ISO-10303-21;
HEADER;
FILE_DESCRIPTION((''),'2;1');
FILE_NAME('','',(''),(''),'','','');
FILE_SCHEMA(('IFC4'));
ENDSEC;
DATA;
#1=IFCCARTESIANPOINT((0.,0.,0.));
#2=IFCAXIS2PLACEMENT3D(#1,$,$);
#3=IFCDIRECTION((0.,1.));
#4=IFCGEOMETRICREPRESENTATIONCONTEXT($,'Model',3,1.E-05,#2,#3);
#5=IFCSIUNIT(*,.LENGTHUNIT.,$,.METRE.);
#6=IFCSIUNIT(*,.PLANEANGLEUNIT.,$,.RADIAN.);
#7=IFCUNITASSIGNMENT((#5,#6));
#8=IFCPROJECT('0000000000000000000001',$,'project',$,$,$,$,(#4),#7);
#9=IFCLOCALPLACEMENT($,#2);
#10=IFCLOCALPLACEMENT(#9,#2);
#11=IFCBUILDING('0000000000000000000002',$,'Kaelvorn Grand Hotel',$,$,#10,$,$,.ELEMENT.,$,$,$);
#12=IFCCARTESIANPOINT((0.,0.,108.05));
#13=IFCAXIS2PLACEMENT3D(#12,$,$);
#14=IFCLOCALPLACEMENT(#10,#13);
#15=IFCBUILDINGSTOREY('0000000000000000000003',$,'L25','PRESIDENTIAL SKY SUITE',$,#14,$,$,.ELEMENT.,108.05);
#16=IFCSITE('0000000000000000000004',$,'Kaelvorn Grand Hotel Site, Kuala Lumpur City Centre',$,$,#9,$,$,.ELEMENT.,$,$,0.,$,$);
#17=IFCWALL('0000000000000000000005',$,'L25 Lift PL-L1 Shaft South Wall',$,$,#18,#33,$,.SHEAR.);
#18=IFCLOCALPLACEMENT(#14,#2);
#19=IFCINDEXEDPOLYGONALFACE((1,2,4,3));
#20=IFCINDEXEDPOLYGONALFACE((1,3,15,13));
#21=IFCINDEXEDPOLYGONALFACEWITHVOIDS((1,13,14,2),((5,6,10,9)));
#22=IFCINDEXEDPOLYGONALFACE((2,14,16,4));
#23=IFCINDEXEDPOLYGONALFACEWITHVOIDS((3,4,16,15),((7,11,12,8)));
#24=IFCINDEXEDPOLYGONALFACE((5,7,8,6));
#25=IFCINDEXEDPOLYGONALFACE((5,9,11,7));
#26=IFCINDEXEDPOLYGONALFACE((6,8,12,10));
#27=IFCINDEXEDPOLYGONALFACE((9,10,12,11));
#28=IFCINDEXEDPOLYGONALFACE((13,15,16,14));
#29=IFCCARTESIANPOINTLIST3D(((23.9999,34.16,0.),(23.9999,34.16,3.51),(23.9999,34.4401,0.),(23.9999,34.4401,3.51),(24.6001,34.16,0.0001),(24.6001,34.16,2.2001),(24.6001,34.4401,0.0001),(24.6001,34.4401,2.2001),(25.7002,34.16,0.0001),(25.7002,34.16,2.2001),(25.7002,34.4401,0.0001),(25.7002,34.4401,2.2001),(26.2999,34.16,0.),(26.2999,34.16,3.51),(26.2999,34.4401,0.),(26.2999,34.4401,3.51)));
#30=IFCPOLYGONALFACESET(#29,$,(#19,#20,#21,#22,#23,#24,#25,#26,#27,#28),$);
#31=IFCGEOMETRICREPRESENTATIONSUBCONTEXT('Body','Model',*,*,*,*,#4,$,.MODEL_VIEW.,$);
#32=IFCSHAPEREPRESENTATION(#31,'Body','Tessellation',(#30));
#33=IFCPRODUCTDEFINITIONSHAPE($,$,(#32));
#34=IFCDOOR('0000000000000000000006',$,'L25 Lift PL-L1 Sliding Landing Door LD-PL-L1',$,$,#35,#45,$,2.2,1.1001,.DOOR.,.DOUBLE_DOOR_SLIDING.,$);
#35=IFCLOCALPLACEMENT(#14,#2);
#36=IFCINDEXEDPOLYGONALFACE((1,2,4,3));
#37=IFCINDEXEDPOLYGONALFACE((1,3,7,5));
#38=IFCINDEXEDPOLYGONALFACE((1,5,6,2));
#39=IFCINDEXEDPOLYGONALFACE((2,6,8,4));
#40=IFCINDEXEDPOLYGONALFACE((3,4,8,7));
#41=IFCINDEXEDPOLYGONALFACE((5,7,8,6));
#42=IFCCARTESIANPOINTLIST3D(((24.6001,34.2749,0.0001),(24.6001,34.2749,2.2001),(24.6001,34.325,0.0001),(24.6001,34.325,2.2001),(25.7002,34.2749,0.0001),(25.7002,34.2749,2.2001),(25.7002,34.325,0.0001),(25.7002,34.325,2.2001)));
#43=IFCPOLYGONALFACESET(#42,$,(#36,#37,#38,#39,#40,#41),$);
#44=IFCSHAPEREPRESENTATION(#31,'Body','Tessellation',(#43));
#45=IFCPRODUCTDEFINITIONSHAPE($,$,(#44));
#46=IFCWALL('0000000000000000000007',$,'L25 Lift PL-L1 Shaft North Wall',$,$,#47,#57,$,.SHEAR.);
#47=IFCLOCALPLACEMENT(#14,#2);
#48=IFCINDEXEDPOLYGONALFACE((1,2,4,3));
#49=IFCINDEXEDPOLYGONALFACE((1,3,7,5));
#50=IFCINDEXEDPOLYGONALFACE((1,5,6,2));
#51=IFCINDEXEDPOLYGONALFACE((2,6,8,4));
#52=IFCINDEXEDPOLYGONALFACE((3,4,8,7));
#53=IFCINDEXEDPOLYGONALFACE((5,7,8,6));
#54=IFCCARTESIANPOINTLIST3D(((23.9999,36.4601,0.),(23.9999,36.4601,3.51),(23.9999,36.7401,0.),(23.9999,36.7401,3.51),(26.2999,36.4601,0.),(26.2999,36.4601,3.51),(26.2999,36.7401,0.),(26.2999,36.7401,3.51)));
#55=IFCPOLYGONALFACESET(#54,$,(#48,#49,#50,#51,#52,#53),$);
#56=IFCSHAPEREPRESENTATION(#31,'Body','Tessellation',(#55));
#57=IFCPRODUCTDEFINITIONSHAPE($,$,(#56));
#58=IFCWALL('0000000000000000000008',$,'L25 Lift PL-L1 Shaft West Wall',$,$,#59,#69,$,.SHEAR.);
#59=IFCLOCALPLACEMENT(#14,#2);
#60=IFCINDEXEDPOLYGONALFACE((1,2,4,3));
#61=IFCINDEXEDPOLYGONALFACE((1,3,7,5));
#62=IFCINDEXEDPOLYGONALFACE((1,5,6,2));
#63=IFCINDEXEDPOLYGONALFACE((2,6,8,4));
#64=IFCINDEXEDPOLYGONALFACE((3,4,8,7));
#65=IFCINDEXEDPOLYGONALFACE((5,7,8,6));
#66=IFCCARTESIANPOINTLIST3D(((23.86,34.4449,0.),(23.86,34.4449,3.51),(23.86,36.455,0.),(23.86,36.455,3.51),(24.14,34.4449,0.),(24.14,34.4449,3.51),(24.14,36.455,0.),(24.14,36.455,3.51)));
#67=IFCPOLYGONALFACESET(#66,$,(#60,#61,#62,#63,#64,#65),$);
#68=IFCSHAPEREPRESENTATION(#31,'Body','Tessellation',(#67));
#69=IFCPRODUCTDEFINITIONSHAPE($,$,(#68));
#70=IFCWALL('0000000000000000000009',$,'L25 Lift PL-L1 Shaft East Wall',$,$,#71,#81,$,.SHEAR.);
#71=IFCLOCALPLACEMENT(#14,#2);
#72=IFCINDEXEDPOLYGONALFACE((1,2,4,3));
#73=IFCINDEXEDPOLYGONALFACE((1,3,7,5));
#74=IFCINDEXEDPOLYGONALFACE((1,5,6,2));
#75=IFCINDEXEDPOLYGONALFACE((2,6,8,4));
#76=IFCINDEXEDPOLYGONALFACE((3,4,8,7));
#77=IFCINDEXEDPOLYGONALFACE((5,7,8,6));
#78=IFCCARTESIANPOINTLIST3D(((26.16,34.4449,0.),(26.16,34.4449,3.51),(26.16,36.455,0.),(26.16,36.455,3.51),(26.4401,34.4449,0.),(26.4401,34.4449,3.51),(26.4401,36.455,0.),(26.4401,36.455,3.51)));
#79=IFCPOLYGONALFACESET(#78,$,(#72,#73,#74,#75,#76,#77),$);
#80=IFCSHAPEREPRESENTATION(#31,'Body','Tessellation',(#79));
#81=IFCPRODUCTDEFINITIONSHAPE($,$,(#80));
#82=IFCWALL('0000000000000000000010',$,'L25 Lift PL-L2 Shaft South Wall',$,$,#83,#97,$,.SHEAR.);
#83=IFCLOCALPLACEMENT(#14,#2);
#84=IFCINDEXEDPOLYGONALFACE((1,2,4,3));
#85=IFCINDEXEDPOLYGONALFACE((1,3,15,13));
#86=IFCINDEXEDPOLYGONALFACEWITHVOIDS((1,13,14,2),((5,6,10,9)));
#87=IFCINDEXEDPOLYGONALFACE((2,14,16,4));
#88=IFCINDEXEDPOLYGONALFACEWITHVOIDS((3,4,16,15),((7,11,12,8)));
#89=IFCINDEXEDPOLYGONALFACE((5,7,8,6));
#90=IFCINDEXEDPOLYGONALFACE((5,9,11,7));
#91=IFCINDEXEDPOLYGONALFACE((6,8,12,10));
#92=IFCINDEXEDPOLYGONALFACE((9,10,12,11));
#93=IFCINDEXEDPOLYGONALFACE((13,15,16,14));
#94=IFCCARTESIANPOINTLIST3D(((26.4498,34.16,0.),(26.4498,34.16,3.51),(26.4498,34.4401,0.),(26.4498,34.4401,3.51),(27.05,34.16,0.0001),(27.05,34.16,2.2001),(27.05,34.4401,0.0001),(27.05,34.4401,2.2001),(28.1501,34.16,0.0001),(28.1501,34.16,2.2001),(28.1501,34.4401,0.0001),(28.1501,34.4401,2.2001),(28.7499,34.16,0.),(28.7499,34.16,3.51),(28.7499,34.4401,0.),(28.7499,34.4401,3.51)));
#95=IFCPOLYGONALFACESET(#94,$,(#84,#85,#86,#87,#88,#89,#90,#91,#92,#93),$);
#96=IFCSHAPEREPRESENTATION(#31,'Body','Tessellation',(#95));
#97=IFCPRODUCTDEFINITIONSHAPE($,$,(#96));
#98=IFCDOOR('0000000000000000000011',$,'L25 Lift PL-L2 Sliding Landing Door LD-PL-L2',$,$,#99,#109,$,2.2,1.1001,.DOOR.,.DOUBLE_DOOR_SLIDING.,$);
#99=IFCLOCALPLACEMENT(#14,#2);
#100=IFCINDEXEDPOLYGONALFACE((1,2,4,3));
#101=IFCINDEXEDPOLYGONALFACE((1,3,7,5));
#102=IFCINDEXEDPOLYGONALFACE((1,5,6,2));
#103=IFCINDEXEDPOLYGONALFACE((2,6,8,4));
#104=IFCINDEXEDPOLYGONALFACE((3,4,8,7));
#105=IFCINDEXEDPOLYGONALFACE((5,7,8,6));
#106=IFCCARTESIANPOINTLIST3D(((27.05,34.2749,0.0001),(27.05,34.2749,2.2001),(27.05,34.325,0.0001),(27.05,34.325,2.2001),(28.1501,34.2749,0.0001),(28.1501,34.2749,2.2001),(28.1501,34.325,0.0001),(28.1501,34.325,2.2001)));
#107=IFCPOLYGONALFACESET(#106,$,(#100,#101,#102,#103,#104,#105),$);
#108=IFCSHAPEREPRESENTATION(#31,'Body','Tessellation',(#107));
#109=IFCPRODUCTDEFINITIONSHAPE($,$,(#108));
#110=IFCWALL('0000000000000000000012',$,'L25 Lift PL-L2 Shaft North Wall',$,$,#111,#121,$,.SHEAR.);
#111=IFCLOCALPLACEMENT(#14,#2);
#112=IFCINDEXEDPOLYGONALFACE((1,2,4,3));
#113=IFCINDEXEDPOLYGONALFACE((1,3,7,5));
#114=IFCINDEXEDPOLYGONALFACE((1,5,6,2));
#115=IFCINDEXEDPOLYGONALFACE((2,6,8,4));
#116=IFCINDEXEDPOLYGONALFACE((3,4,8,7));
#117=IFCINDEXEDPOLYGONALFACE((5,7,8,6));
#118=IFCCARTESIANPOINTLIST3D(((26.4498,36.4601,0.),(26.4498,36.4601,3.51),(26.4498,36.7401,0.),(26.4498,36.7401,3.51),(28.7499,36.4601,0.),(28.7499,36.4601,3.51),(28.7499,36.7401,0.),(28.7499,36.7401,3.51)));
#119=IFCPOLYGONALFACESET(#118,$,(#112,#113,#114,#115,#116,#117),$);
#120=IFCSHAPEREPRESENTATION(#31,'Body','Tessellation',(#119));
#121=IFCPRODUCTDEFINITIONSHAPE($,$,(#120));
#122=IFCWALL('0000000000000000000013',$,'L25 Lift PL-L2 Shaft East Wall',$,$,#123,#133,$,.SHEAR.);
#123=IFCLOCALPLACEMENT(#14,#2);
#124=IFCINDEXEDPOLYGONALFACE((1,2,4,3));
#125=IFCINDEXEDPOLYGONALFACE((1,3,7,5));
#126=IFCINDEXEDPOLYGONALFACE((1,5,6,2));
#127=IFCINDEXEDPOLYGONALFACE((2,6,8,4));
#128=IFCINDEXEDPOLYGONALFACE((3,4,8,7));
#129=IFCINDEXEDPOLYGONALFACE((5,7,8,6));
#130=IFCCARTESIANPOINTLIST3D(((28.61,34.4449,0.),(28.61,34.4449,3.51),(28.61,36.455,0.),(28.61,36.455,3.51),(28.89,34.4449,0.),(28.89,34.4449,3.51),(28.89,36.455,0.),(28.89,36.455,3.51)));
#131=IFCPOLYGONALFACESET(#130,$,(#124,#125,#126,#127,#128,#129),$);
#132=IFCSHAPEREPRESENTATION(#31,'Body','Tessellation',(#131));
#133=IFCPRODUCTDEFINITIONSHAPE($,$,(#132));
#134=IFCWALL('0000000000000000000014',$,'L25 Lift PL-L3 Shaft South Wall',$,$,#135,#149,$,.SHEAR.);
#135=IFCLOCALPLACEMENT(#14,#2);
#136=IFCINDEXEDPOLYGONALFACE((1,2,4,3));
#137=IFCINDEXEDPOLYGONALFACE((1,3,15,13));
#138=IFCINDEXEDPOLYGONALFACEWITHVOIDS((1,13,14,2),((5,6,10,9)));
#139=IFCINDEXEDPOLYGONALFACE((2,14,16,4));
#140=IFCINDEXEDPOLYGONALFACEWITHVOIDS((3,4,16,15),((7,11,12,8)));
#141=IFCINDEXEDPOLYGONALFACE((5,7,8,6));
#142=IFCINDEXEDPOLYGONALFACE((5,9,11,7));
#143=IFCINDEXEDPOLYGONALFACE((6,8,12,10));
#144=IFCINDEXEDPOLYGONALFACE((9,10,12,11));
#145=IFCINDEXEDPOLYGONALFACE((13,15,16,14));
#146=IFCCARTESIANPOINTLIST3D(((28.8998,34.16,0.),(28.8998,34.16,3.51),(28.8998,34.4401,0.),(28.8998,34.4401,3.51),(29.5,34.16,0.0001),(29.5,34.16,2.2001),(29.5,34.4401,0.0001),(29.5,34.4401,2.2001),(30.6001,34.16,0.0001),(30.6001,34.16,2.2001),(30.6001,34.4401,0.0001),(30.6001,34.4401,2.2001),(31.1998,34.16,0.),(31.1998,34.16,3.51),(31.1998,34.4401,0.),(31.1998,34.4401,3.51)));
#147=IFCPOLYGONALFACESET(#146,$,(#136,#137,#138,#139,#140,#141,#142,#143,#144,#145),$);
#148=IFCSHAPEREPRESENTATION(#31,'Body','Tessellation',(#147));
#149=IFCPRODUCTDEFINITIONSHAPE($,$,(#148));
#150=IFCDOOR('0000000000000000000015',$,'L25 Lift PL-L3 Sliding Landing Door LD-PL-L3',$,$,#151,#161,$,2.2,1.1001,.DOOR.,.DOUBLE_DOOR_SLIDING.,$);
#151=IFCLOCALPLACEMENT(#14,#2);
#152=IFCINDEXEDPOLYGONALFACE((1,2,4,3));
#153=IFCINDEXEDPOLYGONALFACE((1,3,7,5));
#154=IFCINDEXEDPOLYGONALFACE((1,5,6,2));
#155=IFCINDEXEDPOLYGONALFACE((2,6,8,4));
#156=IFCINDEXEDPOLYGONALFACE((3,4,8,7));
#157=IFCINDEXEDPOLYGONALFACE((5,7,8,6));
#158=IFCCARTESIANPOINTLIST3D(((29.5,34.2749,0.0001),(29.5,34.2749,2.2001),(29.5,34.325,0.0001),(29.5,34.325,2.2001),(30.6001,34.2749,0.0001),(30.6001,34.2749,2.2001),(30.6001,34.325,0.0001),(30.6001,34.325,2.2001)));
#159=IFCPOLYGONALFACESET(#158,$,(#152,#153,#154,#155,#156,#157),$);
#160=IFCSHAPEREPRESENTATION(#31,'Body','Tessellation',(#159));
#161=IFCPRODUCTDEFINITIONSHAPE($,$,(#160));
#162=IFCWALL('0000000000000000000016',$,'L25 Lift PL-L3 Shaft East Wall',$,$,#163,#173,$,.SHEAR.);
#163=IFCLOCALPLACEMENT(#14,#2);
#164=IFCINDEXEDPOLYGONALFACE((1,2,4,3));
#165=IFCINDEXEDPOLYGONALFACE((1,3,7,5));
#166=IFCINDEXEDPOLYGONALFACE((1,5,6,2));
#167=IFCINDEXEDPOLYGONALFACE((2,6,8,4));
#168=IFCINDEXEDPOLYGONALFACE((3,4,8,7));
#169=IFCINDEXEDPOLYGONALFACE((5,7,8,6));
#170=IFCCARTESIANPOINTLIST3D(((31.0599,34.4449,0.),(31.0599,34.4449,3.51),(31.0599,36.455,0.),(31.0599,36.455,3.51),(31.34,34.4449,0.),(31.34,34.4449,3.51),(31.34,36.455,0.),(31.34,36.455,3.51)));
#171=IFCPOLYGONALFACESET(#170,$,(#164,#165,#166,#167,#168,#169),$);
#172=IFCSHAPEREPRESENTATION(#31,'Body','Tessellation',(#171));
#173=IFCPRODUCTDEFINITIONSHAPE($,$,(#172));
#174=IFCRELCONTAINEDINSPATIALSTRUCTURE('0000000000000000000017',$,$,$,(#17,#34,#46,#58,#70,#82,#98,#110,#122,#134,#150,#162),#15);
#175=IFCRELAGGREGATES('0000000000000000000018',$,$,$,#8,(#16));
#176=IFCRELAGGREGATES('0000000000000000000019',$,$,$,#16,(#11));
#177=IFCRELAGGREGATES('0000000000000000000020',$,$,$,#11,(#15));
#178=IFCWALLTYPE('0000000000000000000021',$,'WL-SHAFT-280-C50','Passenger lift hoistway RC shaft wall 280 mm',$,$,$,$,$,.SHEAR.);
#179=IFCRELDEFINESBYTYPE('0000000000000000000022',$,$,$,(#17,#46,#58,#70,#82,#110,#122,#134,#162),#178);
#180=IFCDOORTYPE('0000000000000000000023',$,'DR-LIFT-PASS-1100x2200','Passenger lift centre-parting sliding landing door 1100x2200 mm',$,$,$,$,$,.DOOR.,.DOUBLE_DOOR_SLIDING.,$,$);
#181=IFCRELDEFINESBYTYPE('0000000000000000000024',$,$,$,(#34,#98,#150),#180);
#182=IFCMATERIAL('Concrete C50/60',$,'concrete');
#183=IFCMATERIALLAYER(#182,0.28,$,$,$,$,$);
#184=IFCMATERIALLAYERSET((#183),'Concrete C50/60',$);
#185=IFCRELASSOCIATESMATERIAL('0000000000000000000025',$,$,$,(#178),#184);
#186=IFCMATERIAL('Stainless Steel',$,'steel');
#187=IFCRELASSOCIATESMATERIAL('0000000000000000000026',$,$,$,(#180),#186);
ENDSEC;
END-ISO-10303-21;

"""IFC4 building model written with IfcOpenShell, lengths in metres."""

from ifc_helpers import new_model, si_unit, direction, frame, frame_2d, origin, place, context, subcontext, project, spatial, rectangle, extrude, material, layer, layer_set, type_object, element, fill, save


model = new_model("IFC4")

# Units and contexts
model_context = context("Model", 3, precision=1e-05, world=origin(), true_north=direction((0.0, 1.0)))
body_context = subcontext(model_context, "Body", "Model", "MODEL_VIEW")
ifc_project = project(units=[si_unit("LENGTHUNIT", "METRE"), si_unit("PLANEANGLEUNIT", "RADIAN")], contexts=[model_context])

# Site, building, storey
site_placement = place(None, origin())
site = spatial("IfcSite", under=ifc_project, at=site_placement, Name="Kaelvorn Grand Hotel Site, Kuala Lumpur City Centre", CompositionType="ELEMENT", RefElevation=0.0)
building_placement = place(site_placement, origin())
building = spatial("IfcBuilding", under=site, at=building_placement, Name="Kaelvorn Grand Hotel", CompositionType="ELEMENT")
storey_placement = place(building_placement, frame((0.0, 0.0, 108.05)))
storey = spatial("IfcBuildingStorey", under=building, at=storey_placement, Name="L25", Description="PRESIDENTIAL SKY SUITE", CompositionType="ELEMENT", Elevation=108.05)

# Wall, opening, door
ifc_material_1 = material(Name="Concrete C50/60", Category="concrete")
ifc_layer_1 = layer(ifc_material_1, 0.28)
ifc_layer_set_1 = layer_set([ifc_layer_1], Name="Concrete C50/60")
wall_type_1 = type_object("IfcWallType", Name="WL-SHAFT-280-C50", Description="Passenger lift hoistway RC shaft wall 280 mm", PredefinedType="SHEAR", material=ifc_layer_set_1)
wall_1_placement = place(storey_placement, frame((24.0, 34.3, 0.0), z_axis=(0.0, 0.0, 1.0), x_axis=(1.0, 0.0, 0.0)))
wall_1 = element("IfcWall", 1, at=wall_1_placement, inside=storey, type_object=wall_type_1, Name="L25 Lift PL-L1 Shaft South Wall", PredefinedType="SHEAR", context=body_context, shape_type="SweptSolid", body=[
    extrude(rectangle(XDim=2.3, YDim=0.28, at=frame_2d((1.1499, 0.0))), origin(), (0.0, 0.0, 1.0), 3.51),
])
opening_1_placement = place(wall_1_placement, frame((0.6001, 0.0, 0.0)))
opening_1 = element("IfcOpeningElement", 2, at=opening_1_placement, cuts=wall_1, PredefinedType="OPENING", context=body_context, shape_type="SweptSolid", body=[
    extrude(rectangle(XDim=1.1001, YDim=2.2, at=frame_2d((0.55, 1.1001))), frame((0.0, 0.1499, 0.0), z_axis=(0.0, -1.0, 0.0), x_axis=(1.0, 0.0, 0.0)), (0.0, 0.0, 1.0), 0.3),
])
ifc_material_2 = material(Name="Stainless Steel", Category="steel")
door_type_1 = type_object("IfcDoorType", Name="DR-LIFT-PASS-1100x2200", Description="Passenger lift centre-parting sliding landing door 1100x2200 mm", OperationType="DOUBLE_DOOR_SLIDING", PredefinedType="DOOR", material=ifc_material_2)
door_1_placement = place(opening_1_placement, origin())
door_1 = element("IfcDoor", 3, at=door_1_placement, inside=storey, type_object=door_type_1, Name="L25 Lift PL-L1 Sliding Landing Door LD-PL-L1", OperationType="DOUBLE_DOOR_SLIDING", OverallHeight=2.2, OverallWidth=1.1001, PredefinedType="DOOR", context=body_context, shape_type="SweptSolid", body=[
    extrude(rectangle(XDim=1.1001, YDim=2.2, at=frame_2d((0.55, 1.1001))), frame((0.0, 0.0249, 0.0), z_axis=(0.0, -1.0, 0.0), x_axis=(1.0, 0.0, 0.0)), (0.0, 0.0, 1.0), 0.05),
])
fill(opening_1, door_1)

# Walls
wall_2_placement = place(storey_placement, frame((24.0, 36.6001, 0.0), z_axis=(0.0, 0.0, 1.0), x_axis=(1.0, 0.0, 0.0)))
element("IfcWall", 4, at=wall_2_placement, inside=storey, type_object=wall_type_1, Name="L25 Lift PL-L1 Shaft North Wall", PredefinedType="SHEAR", context=body_context, shape_type="SweptSolid", body=[
    extrude(rectangle(XDim=2.3, YDim=0.28, at=frame_2d((1.1499, 0.0))), origin(), (0.0, 0.0, 1.0), 3.51),
])
for number, where, z_axis, x_axis, name in (
    (5, (24.0, 34.4451, 0.0), (0.0, 0.0, 1.0), (0.0, 1.0, 0.0), "L25 Lift PL-L1 Shaft West Wall"),
    (6, (26.3, 34.4451, 0.0), (0.0, 0.0, 1.0), (0.0, 1.0, 0.0), "L25 Lift PL-L1 Shaft East Wall"),
):
    element("IfcWall", number, at=place(storey_placement, frame(where, z_axis=z_axis, x_axis=x_axis)), inside=storey, type_object=wall_type_1, Name=name, PredefinedType="SHEAR", context=body_context, shape_type="SweptSolid", body=[
        extrude(rectangle(XDim=2.01, YDim=0.28, at=frame_2d((1.0049, 0.0))), origin(), (0.0, 0.0, 1.0), 3.51),
    ])

# Wall, opening, door
wall_3_placement = place(storey_placement, frame((26.45, 34.3, 0.0), z_axis=(0.0, 0.0, 1.0), x_axis=(1.0, 0.0, 0.0)))
wall_3 = element("IfcWall", 7, at=wall_3_placement, inside=storey, type_object=wall_type_1, Name="L25 Lift PL-L2 Shaft South Wall", PredefinedType="SHEAR", context=body_context, shape_type="SweptSolid", body=[
    extrude(rectangle(XDim=2.3, YDim=0.28, at=frame_2d((1.1499, 0.0))), origin(), (0.0, 0.0, 1.0), 3.51),
])
opening_2_placement = place(wall_3_placement, frame((0.6001, 0.0, 0.0)))
opening_2 = element("IfcOpeningElement", 8, at=opening_2_placement, cuts=wall_3, PredefinedType="OPENING", context=body_context, shape_type="SweptSolid", body=[
    extrude(rectangle(XDim=1.1001, YDim=2.2, at=frame_2d((0.55, 1.1001))), frame((0.0, 0.1499, 0.0), z_axis=(0.0, -1.0, 0.0), x_axis=(1.0, 0.0, 0.0)), (0.0, 0.0, 1.0), 0.3),
])
door_2_placement = place(opening_2_placement, origin())
door_2 = element("IfcDoor", 9, at=door_2_placement, inside=storey, type_object=door_type_1, Name="L25 Lift PL-L2 Sliding Landing Door LD-PL-L2", OperationType="DOUBLE_DOOR_SLIDING", OverallHeight=2.2, OverallWidth=1.1001, PredefinedType="DOOR", context=body_context, shape_type="SweptSolid", body=[
    extrude(rectangle(XDim=1.1001, YDim=2.2, at=frame_2d((0.55, 1.1001))), frame((0.0, 0.0249, 0.0), z_axis=(0.0, -1.0, 0.0), x_axis=(1.0, 0.0, 0.0)), (0.0, 0.0, 1.0), 0.05),
])
fill(opening_2, door_2)

# Walls
wall_4_placement = place(storey_placement, frame((26.45, 36.6001, 0.0), z_axis=(0.0, 0.0, 1.0), x_axis=(1.0, 0.0, 0.0)))
element("IfcWall", 10, at=wall_4_placement, inside=storey, type_object=wall_type_1, Name="L25 Lift PL-L2 Shaft North Wall", PredefinedType="SHEAR", context=body_context, shape_type="SweptSolid", body=[
    extrude(rectangle(XDim=2.3, YDim=0.28, at=frame_2d((1.1499, 0.0))), origin(), (0.0, 0.0, 1.0), 3.51),
])
wall_5_placement = place(storey_placement, frame((28.75, 34.4451, 0.0), z_axis=(0.0, 0.0, 1.0), x_axis=(0.0, 1.0, 0.0)))
element("IfcWall", 11, at=wall_5_placement, inside=storey, type_object=wall_type_1, Name="L25 Lift PL-L2 Shaft East Wall", PredefinedType="SHEAR", context=body_context, shape_type="SweptSolid", body=[
    extrude(rectangle(XDim=2.01, YDim=0.28, at=frame_2d((1.0049, 0.0))), origin(), (0.0, 0.0, 1.0), 3.51),
])

# Wall, opening, door
wall_6_placement = place(storey_placement, frame((28.8999, 34.3, 0.0), z_axis=(0.0, 0.0, 1.0), x_axis=(1.0, 0.0, 0.0)))
wall_6 = element("IfcWall", 12, at=wall_6_placement, inside=storey, type_object=wall_type_1, Name="L25 Lift PL-L3 Shaft South Wall", PredefinedType="SHEAR", context=body_context, shape_type="SweptSolid", body=[
    extrude(rectangle(XDim=2.3, YDim=0.28, at=frame_2d((1.1499, 0.0))), origin(), (0.0, 0.0, 1.0), 3.51),
])
opening_3_placement = place(wall_6_placement, frame((0.6001, 0.0, 0.0)))
opening_3 = element("IfcOpeningElement", 13, at=opening_3_placement, cuts=wall_6, PredefinedType="OPENING", context=body_context, shape_type="SweptSolid", body=[
    extrude(rectangle(XDim=1.1001, YDim=2.2, at=frame_2d((0.55, 1.1001))), frame((0.0, 0.1499, 0.0), z_axis=(0.0, -1.0, 0.0), x_axis=(1.0, 0.0, 0.0)), (0.0, 0.0, 1.0), 0.3),
])
door_3_placement = place(opening_3_placement, origin())
door_3 = element("IfcDoor", 14, at=door_3_placement, inside=storey, type_object=door_type_1, Name="L25 Lift PL-L3 Sliding Landing Door LD-PL-L3", OperationType="DOUBLE_DOOR_SLIDING", OverallHeight=2.2, OverallWidth=1.1001, PredefinedType="DOOR", context=body_context, shape_type="SweptSolid", body=[
    extrude(rectangle(XDim=1.1001, YDim=2.2, at=frame_2d((0.55, 1.1001))), frame((0.0, 0.0249, 0.0), z_axis=(0.0, -1.0, 0.0), x_axis=(1.0, 0.0, 0.0)), (0.0, 0.0, 1.0), 0.05),
])
fill(opening_3, door_3)

# Wall
wall_7_placement = place(storey_placement, frame((31.2, 34.4451, 0.0), z_axis=(0.0, 0.0, 1.0), x_axis=(0.0, 1.0, 0.0)))
element("IfcWall", 15, at=wall_7_placement, inside=storey, type_object=wall_type_1, Name="L25 Lift PL-L3 Shaft East Wall", PredefinedType="SHEAR", context=body_context, shape_type="SweptSolid", body=[
    extrude(rectangle(XDim=2.01, YDim=0.28, at=frame_2d((1.0049, 0.0))), origin(), (0.0, 0.0, 1.0), 3.51),
])

save(model, "model.ifc")
